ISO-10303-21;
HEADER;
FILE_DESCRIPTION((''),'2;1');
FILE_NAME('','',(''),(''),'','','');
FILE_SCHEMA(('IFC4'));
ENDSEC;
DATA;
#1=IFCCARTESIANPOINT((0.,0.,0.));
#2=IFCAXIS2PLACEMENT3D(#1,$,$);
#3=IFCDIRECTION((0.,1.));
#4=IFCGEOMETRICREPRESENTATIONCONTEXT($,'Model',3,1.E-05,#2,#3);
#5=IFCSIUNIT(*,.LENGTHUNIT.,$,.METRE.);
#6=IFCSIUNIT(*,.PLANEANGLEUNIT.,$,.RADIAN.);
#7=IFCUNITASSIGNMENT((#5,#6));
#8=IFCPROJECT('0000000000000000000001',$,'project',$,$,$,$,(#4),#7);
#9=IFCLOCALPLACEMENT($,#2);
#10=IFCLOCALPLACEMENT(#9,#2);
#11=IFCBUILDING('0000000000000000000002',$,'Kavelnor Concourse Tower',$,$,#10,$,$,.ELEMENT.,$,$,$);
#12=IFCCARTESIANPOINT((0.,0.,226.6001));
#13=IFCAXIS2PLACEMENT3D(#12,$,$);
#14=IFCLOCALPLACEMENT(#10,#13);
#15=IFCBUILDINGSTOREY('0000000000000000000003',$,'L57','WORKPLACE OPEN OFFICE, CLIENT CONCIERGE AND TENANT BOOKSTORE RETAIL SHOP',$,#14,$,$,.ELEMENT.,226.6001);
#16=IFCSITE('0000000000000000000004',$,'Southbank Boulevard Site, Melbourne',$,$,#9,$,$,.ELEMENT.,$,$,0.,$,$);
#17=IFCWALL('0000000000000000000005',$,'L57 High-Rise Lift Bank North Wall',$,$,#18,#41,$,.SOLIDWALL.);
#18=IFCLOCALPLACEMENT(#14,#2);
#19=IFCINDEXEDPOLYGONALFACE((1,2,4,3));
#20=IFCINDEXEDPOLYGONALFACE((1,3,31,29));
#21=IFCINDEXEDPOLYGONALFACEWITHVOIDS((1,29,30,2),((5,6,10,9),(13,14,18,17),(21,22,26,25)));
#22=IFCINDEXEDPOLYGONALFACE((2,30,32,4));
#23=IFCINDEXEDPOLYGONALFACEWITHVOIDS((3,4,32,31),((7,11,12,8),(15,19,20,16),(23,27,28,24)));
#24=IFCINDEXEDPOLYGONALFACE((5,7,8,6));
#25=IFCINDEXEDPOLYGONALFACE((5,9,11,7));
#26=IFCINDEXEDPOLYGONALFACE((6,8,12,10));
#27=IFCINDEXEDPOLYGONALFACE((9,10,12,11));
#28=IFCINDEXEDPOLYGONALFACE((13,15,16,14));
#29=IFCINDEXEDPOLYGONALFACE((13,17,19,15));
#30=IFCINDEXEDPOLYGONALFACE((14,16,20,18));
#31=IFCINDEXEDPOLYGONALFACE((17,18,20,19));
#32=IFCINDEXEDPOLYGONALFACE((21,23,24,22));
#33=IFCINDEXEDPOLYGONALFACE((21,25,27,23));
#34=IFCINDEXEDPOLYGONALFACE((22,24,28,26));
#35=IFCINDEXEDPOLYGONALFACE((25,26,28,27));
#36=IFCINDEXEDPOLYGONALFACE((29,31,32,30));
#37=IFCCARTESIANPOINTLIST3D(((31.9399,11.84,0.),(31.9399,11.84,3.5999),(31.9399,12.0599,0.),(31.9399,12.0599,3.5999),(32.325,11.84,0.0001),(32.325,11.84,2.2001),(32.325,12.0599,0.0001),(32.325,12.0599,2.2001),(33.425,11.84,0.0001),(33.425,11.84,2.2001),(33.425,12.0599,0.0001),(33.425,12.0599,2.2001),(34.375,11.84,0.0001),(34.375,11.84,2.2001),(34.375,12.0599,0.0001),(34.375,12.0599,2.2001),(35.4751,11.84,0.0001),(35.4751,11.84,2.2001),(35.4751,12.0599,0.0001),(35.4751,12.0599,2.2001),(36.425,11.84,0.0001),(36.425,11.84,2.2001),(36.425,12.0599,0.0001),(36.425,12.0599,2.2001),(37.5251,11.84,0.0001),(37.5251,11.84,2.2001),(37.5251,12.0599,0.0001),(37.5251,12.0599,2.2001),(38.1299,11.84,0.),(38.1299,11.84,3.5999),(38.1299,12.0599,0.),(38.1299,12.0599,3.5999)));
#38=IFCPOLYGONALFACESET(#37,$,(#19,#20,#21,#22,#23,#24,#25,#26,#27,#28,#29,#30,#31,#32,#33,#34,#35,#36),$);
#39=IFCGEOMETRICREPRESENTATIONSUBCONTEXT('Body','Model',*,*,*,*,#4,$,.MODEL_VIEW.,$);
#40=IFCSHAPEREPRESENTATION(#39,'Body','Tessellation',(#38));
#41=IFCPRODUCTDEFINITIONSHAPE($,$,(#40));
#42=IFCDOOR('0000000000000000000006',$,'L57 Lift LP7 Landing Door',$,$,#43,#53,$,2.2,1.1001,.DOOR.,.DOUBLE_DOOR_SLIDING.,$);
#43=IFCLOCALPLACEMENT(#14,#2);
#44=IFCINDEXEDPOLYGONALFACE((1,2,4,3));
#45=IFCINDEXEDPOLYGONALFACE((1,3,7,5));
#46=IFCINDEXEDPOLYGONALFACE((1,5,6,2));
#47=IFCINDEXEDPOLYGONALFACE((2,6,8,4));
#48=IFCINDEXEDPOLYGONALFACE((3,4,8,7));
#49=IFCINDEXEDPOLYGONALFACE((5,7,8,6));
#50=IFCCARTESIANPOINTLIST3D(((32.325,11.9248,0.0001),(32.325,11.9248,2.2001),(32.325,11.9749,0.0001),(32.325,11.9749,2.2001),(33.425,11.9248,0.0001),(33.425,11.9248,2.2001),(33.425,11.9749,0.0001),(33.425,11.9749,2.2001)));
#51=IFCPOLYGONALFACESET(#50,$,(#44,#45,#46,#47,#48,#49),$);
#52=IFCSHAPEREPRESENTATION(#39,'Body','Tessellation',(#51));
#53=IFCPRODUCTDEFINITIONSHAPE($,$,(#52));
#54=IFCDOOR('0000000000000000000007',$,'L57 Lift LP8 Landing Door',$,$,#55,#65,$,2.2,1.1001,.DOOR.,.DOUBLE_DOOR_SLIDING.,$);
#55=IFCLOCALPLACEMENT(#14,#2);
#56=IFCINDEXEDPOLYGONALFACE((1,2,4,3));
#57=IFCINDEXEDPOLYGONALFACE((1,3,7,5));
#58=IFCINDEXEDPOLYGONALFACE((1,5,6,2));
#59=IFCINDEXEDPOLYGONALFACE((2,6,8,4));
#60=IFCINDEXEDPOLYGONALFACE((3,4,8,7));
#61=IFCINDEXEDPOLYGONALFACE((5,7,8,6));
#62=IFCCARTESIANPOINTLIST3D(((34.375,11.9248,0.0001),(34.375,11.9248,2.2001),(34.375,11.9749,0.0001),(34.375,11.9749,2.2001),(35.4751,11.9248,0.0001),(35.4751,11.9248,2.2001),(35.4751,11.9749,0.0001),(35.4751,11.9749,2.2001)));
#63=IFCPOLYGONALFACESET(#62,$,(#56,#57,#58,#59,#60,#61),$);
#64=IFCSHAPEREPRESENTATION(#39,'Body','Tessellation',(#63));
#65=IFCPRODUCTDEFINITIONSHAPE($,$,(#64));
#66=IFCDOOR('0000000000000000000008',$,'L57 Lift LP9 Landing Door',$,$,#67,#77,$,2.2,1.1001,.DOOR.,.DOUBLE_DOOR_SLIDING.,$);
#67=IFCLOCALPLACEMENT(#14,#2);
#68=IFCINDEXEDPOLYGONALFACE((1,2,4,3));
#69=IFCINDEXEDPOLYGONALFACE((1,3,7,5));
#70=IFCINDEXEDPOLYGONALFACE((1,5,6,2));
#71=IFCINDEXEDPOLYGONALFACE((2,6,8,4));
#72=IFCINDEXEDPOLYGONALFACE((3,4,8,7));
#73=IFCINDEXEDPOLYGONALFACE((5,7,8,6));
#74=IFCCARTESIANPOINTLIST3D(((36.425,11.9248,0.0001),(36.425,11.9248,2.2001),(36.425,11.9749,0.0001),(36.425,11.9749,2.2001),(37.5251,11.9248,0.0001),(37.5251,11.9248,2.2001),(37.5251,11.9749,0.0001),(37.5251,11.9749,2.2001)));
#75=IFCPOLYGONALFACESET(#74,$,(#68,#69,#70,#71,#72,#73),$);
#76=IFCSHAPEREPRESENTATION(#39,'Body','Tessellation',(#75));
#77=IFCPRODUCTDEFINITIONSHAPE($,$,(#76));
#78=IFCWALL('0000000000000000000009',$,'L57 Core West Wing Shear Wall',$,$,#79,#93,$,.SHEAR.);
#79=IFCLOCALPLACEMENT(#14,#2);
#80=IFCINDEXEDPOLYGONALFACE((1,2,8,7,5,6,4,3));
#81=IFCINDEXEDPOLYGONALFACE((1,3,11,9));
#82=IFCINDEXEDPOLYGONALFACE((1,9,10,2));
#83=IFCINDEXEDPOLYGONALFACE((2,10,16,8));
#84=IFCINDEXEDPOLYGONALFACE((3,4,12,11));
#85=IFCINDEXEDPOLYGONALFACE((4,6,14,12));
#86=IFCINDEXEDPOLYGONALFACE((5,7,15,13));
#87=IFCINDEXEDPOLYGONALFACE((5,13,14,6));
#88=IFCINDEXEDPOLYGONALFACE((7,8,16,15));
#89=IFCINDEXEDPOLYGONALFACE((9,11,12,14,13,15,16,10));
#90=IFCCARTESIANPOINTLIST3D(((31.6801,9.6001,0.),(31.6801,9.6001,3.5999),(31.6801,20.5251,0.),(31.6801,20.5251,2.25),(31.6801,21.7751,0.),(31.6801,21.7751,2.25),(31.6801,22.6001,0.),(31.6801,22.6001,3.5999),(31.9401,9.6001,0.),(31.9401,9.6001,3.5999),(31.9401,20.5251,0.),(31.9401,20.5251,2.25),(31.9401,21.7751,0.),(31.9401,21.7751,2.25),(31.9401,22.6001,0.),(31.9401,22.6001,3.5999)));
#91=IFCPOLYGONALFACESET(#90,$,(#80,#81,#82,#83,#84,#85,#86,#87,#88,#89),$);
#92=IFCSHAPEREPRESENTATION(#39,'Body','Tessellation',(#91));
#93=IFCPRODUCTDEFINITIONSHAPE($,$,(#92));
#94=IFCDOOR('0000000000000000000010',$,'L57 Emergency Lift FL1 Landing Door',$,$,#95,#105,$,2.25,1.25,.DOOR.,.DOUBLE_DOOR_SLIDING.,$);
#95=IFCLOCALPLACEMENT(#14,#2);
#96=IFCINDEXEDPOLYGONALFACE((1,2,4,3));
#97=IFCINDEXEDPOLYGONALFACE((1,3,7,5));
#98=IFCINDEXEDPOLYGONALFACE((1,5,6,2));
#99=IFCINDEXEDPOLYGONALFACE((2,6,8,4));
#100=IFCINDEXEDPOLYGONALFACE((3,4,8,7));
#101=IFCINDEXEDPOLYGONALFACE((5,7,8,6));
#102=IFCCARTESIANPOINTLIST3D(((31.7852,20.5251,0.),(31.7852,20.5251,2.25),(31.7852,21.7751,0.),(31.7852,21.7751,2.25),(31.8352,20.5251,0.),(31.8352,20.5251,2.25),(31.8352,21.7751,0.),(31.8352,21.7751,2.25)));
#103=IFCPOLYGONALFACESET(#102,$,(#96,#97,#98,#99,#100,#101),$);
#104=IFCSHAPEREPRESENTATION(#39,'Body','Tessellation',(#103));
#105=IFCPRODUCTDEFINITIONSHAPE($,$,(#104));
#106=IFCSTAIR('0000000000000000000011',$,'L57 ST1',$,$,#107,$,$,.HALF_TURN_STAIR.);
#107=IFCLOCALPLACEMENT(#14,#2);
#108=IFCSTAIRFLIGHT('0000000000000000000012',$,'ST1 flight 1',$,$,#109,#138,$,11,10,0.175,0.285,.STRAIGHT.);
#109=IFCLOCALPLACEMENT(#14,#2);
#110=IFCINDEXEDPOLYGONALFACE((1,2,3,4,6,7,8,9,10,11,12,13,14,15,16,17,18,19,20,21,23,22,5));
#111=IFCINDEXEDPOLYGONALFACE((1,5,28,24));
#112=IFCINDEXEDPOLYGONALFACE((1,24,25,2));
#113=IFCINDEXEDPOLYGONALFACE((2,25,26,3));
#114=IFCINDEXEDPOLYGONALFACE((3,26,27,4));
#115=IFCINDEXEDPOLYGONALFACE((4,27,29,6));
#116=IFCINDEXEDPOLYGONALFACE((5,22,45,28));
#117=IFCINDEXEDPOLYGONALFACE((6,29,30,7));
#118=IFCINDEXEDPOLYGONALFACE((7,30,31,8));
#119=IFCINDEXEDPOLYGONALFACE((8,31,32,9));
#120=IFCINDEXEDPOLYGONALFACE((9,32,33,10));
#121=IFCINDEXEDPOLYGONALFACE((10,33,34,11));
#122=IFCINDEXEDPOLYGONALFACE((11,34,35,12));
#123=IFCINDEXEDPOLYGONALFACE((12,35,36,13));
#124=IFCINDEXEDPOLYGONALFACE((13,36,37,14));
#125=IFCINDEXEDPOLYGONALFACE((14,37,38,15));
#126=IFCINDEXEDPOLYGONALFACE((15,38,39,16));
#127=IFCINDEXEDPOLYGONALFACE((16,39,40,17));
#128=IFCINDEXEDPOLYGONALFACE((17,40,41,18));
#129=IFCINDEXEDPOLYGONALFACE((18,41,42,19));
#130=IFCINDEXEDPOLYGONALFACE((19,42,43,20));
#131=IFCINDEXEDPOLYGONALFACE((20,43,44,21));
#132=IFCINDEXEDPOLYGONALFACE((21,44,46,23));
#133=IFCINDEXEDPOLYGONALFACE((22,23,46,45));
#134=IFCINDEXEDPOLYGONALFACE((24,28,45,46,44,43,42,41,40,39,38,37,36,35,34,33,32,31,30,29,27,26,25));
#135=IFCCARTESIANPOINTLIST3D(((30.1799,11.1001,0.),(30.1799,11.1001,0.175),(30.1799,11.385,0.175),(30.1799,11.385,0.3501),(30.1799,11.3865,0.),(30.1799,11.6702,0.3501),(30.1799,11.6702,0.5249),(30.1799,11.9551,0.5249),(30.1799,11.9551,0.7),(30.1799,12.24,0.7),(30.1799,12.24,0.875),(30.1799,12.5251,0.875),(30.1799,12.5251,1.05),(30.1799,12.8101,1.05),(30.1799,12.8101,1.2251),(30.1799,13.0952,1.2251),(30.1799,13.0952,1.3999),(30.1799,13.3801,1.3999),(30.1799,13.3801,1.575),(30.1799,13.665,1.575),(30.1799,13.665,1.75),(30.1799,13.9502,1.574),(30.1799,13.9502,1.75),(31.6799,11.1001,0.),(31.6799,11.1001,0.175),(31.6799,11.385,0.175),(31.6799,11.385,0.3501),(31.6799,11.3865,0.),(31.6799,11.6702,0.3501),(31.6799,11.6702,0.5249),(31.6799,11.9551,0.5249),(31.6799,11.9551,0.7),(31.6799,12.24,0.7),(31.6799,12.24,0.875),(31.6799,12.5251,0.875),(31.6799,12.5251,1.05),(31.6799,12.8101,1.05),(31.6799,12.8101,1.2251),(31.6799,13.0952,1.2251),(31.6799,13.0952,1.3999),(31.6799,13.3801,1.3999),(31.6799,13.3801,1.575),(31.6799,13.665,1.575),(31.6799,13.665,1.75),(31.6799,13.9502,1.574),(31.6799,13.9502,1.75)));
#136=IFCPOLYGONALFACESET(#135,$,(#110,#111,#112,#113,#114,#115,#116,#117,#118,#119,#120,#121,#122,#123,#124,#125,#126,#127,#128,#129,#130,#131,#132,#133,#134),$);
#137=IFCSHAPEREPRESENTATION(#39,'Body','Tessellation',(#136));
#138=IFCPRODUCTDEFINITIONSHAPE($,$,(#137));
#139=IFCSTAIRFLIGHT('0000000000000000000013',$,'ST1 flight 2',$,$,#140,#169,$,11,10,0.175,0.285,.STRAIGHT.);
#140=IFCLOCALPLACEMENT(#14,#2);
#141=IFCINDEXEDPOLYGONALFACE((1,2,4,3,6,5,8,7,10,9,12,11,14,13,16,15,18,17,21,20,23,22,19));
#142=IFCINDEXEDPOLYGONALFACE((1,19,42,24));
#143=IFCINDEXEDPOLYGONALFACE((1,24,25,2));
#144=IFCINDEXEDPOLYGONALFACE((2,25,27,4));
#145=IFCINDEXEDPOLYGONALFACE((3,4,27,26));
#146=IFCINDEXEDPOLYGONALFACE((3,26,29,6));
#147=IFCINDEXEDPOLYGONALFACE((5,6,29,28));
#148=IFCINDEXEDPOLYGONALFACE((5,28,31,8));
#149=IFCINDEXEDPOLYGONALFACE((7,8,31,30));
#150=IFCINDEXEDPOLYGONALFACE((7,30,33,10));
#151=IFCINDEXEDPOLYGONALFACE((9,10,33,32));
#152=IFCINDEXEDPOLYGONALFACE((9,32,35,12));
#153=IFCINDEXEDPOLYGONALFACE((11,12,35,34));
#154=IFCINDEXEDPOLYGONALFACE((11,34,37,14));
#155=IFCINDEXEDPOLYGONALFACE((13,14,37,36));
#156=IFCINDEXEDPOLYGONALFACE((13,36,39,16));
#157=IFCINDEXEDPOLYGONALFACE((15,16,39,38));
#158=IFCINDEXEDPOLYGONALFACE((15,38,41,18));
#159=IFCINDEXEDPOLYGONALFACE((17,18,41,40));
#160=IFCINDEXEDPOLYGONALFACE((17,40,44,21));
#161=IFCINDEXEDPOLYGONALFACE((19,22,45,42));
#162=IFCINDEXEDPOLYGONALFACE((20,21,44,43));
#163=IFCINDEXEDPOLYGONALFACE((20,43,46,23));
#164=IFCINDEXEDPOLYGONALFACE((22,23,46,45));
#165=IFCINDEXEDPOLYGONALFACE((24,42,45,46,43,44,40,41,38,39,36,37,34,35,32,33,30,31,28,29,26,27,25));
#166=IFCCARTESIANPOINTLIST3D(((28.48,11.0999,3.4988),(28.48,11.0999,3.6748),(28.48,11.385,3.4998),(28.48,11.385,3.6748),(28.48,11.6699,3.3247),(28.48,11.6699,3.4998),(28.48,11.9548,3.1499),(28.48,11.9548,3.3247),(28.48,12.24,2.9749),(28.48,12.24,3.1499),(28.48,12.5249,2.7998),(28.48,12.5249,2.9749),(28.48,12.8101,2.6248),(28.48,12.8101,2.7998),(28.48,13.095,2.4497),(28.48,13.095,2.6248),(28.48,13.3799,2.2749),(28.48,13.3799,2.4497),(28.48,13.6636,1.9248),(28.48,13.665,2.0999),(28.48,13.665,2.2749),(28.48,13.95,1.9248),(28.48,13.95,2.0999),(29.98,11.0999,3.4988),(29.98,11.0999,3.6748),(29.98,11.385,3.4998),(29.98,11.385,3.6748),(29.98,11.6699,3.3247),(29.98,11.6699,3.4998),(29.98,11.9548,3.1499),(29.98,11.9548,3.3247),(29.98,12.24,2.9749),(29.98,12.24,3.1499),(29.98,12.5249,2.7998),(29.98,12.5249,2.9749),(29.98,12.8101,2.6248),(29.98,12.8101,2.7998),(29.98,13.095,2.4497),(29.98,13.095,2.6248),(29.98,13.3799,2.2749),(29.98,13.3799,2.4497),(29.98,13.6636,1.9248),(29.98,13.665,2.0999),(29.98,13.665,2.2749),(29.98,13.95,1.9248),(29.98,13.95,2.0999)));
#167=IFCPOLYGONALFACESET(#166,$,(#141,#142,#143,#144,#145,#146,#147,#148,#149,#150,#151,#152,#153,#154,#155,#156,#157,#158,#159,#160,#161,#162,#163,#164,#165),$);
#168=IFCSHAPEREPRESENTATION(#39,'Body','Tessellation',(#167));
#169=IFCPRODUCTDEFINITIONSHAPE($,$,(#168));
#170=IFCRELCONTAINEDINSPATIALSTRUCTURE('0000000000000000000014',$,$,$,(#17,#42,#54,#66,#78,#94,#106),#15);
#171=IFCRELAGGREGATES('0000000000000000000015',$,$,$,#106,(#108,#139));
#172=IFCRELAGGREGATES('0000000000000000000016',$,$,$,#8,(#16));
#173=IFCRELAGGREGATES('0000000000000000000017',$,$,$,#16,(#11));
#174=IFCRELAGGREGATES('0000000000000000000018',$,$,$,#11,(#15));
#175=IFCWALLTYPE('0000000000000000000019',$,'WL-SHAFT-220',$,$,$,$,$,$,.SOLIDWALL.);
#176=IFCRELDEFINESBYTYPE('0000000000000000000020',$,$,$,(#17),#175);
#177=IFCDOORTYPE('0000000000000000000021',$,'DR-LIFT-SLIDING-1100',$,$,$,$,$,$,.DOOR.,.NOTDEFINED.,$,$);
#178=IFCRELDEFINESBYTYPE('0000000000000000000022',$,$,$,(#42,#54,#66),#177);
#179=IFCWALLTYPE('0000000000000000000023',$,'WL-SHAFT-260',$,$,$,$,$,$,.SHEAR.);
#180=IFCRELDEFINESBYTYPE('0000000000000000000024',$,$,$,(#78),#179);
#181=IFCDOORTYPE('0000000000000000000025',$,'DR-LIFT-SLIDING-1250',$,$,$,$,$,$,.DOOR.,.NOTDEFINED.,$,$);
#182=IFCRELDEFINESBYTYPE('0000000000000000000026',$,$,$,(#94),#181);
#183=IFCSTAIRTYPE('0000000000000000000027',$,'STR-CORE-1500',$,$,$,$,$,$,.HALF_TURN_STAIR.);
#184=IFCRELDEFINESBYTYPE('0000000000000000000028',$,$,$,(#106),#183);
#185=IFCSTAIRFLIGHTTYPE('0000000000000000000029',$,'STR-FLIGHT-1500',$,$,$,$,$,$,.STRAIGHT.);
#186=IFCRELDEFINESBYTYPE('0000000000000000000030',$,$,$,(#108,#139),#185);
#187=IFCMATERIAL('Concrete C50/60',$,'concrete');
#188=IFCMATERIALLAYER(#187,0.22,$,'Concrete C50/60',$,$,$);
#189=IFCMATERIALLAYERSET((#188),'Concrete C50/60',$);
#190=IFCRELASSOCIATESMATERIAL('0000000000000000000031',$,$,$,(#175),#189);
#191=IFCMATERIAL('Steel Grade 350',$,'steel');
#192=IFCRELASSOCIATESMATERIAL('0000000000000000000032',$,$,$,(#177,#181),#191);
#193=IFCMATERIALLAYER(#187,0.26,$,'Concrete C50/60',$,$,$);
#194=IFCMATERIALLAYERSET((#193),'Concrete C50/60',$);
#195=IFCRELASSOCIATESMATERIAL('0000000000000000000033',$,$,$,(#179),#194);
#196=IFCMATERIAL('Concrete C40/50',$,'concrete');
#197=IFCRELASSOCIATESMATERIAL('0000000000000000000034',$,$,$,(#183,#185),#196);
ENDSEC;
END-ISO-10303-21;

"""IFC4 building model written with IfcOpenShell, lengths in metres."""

from ifc_helpers import new_model, si_unit, direction, frame, frame_2d, origin, place, context, subcontext, project, spatial, polyline, rectangle, outline, extrude, material, layer, layer_set, type_object, element, fill, aggregate, save


model = new_model("IFC4")

# Units and contexts
model_context = context("Model", 3, precision=1e-05, world=origin(), true_north=direction((0.0, 1.0)))
body_context = subcontext(model_context, "Body", "Model", "MODEL_VIEW")
ifc_project = project(units=[si_unit("LENGTHUNIT", "METRE"), si_unit("PLANEANGLEUNIT", "RADIAN")], contexts=[model_context])

# Site, building, storey
site_placement = place(None, origin())
site = spatial("IfcSite", under=ifc_project, at=site_placement, Name="Southbank Boulevard Site, Melbourne", CompositionType="ELEMENT", RefElevation=0.0)
building_placement = place(site_placement, origin())
building = spatial("IfcBuilding", under=site, at=building_placement, Name="Kavelnor Concourse Tower", CompositionType="ELEMENT")
storey_placement = place(building_placement, frame((0.0, 0.0, 226.6001)))
storey = spatial("IfcBuildingStorey", under=building, at=storey_placement, Name="L57", Description="WORKPLACE OPEN OFFICE, CLIENT CONCIERGE AND TENANT BOOKSTORE RETAIL SHOP", CompositionType="ELEMENT", Elevation=226.6001)

# Shared definitions
ifc_material_1 = material(Name="Steel Grade 350", Category="steel")

# Shared definitions
ifc_material_2 = material(Name="Concrete C50/60", Category="concrete")

# Wall, openings, doors
ifc_layer_1 = layer(ifc_material_2, 0.22, Name="Concrete C50/60")
ifc_layer_set_1 = layer_set([ifc_layer_1], Name="Concrete C50/60")
wall_type_1 = type_object("IfcWallType", Name="WL-SHAFT-220", PredefinedType="SOLIDWALL", material=ifc_layer_set_1)
wall_1_placement = place(storey_placement, frame((31.9399, 11.95, 0.0), z_axis=(0.0, 0.0, 1.0), x_axis=(1.0, 0.0, 0.0)))
wall_1 = element("IfcWall", 1, at=wall_1_placement, inside=storey, type_object=wall_type_1, Name="L57 High-Rise Lift Bank North Wall", PredefinedType="SOLIDWALL", context=body_context, shape_type="SweptSolid", body=[
    extrude(rectangle(XDim=6.1899, YDim=0.22, at=frame_2d((3.095, 0.0))), origin(), (0.0, 0.0, 1.0), 3.5999),
])
opening_1_placement = place(wall_1_placement, frame((0.385, 0.0, 0.0)))
opening_1 = element("IfcOpeningElement", 2, at=opening_1_placement, cuts=wall_1, PredefinedType="OPENING", context=body_context, shape_type="SweptSolid", body=[
    extrude(rectangle(XDim=1.1001, YDim=2.2, at=frame_2d((0.55, 1.1001))), frame((0.0, 0.1201, 0.0), z_axis=(0.0, -1.0, 0.0), x_axis=(1.0, 0.0, 0.0)), (0.0, 0.0, 1.0), 0.24),
])
opening_2_placement = place(wall_1_placement, frame((2.4351, 0.0, 0.0)))
opening_2 = element("IfcOpeningElement", 3, at=opening_2_placement, cuts=wall_1, PredefinedType="OPENING", context=body_context, shape_type="SweptSolid", body=[
    extrude(rectangle(XDim=1.1001, YDim=2.2, at=frame_2d((0.55, 1.1001))), frame((0.0, 0.1201, 0.0), z_axis=(0.0, -1.0, 0.0), x_axis=(1.0, 0.0, 0.0)), (0.0, 0.0, 1.0), 0.24),
])
opening_3_placement = place(wall_1_placement, frame((4.4851, 0.0, 0.0)))
opening_3 = element("IfcOpeningElement", 4, at=opening_3_placement, cuts=wall_1, PredefinedType="OPENING", context=body_context, shape_type="SweptSolid", body=[
    extrude(rectangle(XDim=1.1001, YDim=2.2, at=frame_2d((0.55, 1.1001))), frame((0.0, 0.1201, 0.0), z_axis=(0.0, -1.0, 0.0), x_axis=(1.0, 0.0, 0.0)), (0.0, 0.0, 1.0), 0.24),
])
door_type_1 = type_object("IfcDoorType", Name="DR-LIFT-SLIDING-1100", OperationType="NOTDEFINED", PredefinedType="DOOR", material=ifc_material_1)
door_1_placement = place(opening_1_placement, origin())
door_1 = element("IfcDoor", 5, at=door_1_placement, inside=storey, type_object=door_type_1, Name="L57 Lift LP7 Landing Door", OperationType="DOUBLE_DOOR_SLIDING", OverallHeight=2.2, OverallWidth=1.1001, PredefinedType="DOOR", context=body_context, shape_type="SweptSolid", body=[
    extrude(rectangle(XDim=1.1001, YDim=2.2, at=frame_2d((0.55, 1.1001))), frame((0.0, 0.0249, 0.0), z_axis=(0.0, -1.0, 0.0), x_axis=(1.0, 0.0, 0.0)), (0.0, 0.0, 1.0), 0.05),
])
fill(opening_1, door_1)
door_2_placement = place(opening_2_placement, origin())
door_2 = element("IfcDoor", 6, at=door_2_placement, inside=storey, type_object=door_type_1, Name="L57 Lift LP8 Landing Door", OperationType="DOUBLE_DOOR_SLIDING", OverallHeight=2.2, OverallWidth=1.1001, PredefinedType="DOOR", context=body_context, shape_type="SweptSolid", body=[
    extrude(rectangle(XDim=1.1001, YDim=2.2, at=frame_2d((0.55, 1.1001))), frame((0.0, 0.0249, 0.0), z_axis=(0.0, -1.0, 0.0), x_axis=(1.0, 0.0, 0.0)), (0.0, 0.0, 1.0), 0.05),
])
fill(opening_2, door_2)
door_3_placement = place(opening_3_placement, origin())
door_3 = element("IfcDoor", 7, at=door_3_placement, inside=storey, type_object=door_type_1, Name="L57 Lift LP9 Landing Door", OperationType="DOUBLE_DOOR_SLIDING", OverallHeight=2.2, OverallWidth=1.1001, PredefinedType="DOOR", context=body_context, shape_type="SweptSolid", body=[
    extrude(rectangle(XDim=1.1001, YDim=2.2, at=frame_2d((0.55, 1.1001))), frame((0.0, 0.0249, 0.0), z_axis=(0.0, -1.0, 0.0), x_axis=(1.0, 0.0, 0.0)), (0.0, 0.0, 1.0), 0.05),
])
fill(opening_3, door_3)

# Wall, opening, door
ifc_layer_2 = layer(ifc_material_2, 0.26, Name="Concrete C50/60")
ifc_layer_set_2 = layer_set([ifc_layer_2], Name="Concrete C50/60")
wall_type_2 = type_object("IfcWallType", Name="WL-SHAFT-260", PredefinedType="SHEAR", material=ifc_layer_set_2)
wall_2_placement = place(storey_placement, frame((31.8101, 9.6001, 0.0), z_axis=(0.0, 0.0, 1.0), x_axis=(0.0, 1.0, 0.0)))
wall_2 = element("IfcWall", 8, at=wall_2_placement, inside=storey, type_object=wall_type_2, Name="L57 Core West Wing Shear Wall", PredefinedType="SHEAR", context=body_context, shape_type="SweptSolid", body=[
    extrude(rectangle(XDim=13.0, YDim=0.26, at=frame_2d((6.5, 0.0))), origin(), (0.0, 0.0, 1.0), 3.5999),
])
opening_4_placement = place(wall_2_placement, frame((10.925, 0.0, 0.0)))
opening_4 = element("IfcOpeningElement", 9, at=opening_4_placement, cuts=wall_2, PredefinedType="OPENING", context=body_context, shape_type="SweptSolid", body=[
    extrude(rectangle(XDim=1.25, YDim=2.25, at=frame_2d((0.625, 1.125))), frame((0.0, 0.1401, 0.0), z_axis=(0.0, -1.0, 0.0), x_axis=(1.0, 0.0, 0.0)), (0.0, 0.0, 1.0), 0.28),
])
door_type_2 = type_object("IfcDoorType", Name="DR-LIFT-SLIDING-1250", OperationType="NOTDEFINED", PredefinedType="DOOR", material=ifc_material_1)
door_4_placement = place(opening_4_placement, origin())
door_4 = element("IfcDoor", 10, at=door_4_placement, inside=storey, type_object=door_type_2, Name="L57 Emergency Lift FL1 Landing Door", OperationType="DOUBLE_DOOR_SLIDING", OverallHeight=2.25, OverallWidth=1.25, PredefinedType="DOOR", context=body_context, shape_type="SweptSolid", body=[
    extrude(rectangle(XDim=1.25, YDim=2.25, at=frame_2d((0.625, 1.125))), frame((0.0, 0.0249, 0.0), z_axis=(0.0, -1.0, 0.0), x_axis=(1.0, 0.0, 0.0)), (0.0, 0.0, 1.0), 0.05),
])
fill(opening_4, door_4)

# Stair, stair flights
ifc_material_3 = material(Name="Concrete C40/50", Category="concrete")
stair_type = type_object("IfcStairType", Name="STR-CORE-1500", PredefinedType="HALF_TURN_STAIR", material=ifc_material_3)
stair_placement = place(storey_placement, origin())
stair = element("IfcStair", 11, at=stair_placement, inside=storey, type_object=stair_type, Name="L57 ST1", PredefinedType="HALF_TURN_STAIR")
stair_flight_type = type_object("IfcStairFlightType", Name="STR-FLIGHT-1500", PredefinedType="STRAIGHT", material=ifc_material_3)
stair_flight_1_placement = place(storey_placement, frame((30.9299, 11.1001, 0.0), z_axis=(0.0, 0.0, 1.0), x_axis=(0.0, 1.0, 0.0)))
stair_flight_1 = element("IfcStairFlight", 12, at=stair_flight_1_placement, type_object=stair_flight_type, Name="ST1 flight 1", NumberOfRisers=11, NumberOfTreads=10, PredefinedType="STRAIGHT", RiserHeight=0.175, TreadLength=0.285, context=body_context, shape_type="SweptSolid", body=[
    extrude(outline(polyline([(0.0, 0.0), (0.0, 0.175), (0.2849, 0.175), (0.2849, 0.3501), (0.5701, 0.3501), (0.5701, 0.5249), (0.855, 0.5249), (0.855, 0.7), (1.1399, 0.7), (1.1399, 0.875), (1.425, 0.875), (1.425, 1.05), (1.71, 1.05), (1.71, 1.2251), (1.9951, 1.2251), (1.9951, 1.3999), (2.28, 1.3999), (2.28, 1.575), (2.5649, 1.575), (2.5649, 1.75), (2.8501, 1.75), (2.8501, 1.925), (2.8501, 1.574), (0.2864, 0.0), (0.0, 0.0)])), frame((0.0, 0.75, 0.0), z_axis=(0.0, -1.0, 0.0), x_axis=(1.0, 0.0, 0.0)), (0.0, 0.0, 1.0), 1.5),
])
stair_flight_2_placement = place(storey_placement, frame((29.23, 13.95, 1.9248), z_axis=(0.0, 0.0, 1.0), x_axis=(0.0, -1.0, 0.0)))
stair_flight_2 = element("IfcStairFlight", 13, at=stair_flight_2_placement, type_object=stair_flight_type, Name="ST1 flight 2", NumberOfRisers=11, NumberOfTreads=10, PredefinedType="STRAIGHT", RiserHeight=0.175, TreadLength=0.285, context=body_context, shape_type="SweptSolid", body=[
    extrude(outline(polyline([(0.0, 0.0), (0.0, 0.175), (0.2849, 0.175), (0.2849, 0.3501), (0.5701, 0.3501), (0.5701, 0.5249), (0.855, 0.5249), (0.855, 0.7), (1.1399, 0.7), (1.1399, 0.875), (1.425, 0.875), (1.425, 1.05), (1.71, 1.05), (1.71, 1.2251), (1.9951, 1.2251), (1.9951, 1.3999), (2.28, 1.3999), (2.28, 1.575), (2.5649, 1.575), (2.5649, 1.75), (2.8501, 1.75), (2.8501, 1.925), (2.8501, 1.574), (0.2864, 0.0), (0.0, 0.0)])), frame((0.0, 0.75, 0.0), z_axis=(0.0, -1.0, 0.0), x_axis=(1.0, 0.0, 0.0)), (0.0, 0.0, 1.0), 1.5),
])
aggregate(stair, [stair_flight_1, stair_flight_2])

save(model, "model.ifc")
